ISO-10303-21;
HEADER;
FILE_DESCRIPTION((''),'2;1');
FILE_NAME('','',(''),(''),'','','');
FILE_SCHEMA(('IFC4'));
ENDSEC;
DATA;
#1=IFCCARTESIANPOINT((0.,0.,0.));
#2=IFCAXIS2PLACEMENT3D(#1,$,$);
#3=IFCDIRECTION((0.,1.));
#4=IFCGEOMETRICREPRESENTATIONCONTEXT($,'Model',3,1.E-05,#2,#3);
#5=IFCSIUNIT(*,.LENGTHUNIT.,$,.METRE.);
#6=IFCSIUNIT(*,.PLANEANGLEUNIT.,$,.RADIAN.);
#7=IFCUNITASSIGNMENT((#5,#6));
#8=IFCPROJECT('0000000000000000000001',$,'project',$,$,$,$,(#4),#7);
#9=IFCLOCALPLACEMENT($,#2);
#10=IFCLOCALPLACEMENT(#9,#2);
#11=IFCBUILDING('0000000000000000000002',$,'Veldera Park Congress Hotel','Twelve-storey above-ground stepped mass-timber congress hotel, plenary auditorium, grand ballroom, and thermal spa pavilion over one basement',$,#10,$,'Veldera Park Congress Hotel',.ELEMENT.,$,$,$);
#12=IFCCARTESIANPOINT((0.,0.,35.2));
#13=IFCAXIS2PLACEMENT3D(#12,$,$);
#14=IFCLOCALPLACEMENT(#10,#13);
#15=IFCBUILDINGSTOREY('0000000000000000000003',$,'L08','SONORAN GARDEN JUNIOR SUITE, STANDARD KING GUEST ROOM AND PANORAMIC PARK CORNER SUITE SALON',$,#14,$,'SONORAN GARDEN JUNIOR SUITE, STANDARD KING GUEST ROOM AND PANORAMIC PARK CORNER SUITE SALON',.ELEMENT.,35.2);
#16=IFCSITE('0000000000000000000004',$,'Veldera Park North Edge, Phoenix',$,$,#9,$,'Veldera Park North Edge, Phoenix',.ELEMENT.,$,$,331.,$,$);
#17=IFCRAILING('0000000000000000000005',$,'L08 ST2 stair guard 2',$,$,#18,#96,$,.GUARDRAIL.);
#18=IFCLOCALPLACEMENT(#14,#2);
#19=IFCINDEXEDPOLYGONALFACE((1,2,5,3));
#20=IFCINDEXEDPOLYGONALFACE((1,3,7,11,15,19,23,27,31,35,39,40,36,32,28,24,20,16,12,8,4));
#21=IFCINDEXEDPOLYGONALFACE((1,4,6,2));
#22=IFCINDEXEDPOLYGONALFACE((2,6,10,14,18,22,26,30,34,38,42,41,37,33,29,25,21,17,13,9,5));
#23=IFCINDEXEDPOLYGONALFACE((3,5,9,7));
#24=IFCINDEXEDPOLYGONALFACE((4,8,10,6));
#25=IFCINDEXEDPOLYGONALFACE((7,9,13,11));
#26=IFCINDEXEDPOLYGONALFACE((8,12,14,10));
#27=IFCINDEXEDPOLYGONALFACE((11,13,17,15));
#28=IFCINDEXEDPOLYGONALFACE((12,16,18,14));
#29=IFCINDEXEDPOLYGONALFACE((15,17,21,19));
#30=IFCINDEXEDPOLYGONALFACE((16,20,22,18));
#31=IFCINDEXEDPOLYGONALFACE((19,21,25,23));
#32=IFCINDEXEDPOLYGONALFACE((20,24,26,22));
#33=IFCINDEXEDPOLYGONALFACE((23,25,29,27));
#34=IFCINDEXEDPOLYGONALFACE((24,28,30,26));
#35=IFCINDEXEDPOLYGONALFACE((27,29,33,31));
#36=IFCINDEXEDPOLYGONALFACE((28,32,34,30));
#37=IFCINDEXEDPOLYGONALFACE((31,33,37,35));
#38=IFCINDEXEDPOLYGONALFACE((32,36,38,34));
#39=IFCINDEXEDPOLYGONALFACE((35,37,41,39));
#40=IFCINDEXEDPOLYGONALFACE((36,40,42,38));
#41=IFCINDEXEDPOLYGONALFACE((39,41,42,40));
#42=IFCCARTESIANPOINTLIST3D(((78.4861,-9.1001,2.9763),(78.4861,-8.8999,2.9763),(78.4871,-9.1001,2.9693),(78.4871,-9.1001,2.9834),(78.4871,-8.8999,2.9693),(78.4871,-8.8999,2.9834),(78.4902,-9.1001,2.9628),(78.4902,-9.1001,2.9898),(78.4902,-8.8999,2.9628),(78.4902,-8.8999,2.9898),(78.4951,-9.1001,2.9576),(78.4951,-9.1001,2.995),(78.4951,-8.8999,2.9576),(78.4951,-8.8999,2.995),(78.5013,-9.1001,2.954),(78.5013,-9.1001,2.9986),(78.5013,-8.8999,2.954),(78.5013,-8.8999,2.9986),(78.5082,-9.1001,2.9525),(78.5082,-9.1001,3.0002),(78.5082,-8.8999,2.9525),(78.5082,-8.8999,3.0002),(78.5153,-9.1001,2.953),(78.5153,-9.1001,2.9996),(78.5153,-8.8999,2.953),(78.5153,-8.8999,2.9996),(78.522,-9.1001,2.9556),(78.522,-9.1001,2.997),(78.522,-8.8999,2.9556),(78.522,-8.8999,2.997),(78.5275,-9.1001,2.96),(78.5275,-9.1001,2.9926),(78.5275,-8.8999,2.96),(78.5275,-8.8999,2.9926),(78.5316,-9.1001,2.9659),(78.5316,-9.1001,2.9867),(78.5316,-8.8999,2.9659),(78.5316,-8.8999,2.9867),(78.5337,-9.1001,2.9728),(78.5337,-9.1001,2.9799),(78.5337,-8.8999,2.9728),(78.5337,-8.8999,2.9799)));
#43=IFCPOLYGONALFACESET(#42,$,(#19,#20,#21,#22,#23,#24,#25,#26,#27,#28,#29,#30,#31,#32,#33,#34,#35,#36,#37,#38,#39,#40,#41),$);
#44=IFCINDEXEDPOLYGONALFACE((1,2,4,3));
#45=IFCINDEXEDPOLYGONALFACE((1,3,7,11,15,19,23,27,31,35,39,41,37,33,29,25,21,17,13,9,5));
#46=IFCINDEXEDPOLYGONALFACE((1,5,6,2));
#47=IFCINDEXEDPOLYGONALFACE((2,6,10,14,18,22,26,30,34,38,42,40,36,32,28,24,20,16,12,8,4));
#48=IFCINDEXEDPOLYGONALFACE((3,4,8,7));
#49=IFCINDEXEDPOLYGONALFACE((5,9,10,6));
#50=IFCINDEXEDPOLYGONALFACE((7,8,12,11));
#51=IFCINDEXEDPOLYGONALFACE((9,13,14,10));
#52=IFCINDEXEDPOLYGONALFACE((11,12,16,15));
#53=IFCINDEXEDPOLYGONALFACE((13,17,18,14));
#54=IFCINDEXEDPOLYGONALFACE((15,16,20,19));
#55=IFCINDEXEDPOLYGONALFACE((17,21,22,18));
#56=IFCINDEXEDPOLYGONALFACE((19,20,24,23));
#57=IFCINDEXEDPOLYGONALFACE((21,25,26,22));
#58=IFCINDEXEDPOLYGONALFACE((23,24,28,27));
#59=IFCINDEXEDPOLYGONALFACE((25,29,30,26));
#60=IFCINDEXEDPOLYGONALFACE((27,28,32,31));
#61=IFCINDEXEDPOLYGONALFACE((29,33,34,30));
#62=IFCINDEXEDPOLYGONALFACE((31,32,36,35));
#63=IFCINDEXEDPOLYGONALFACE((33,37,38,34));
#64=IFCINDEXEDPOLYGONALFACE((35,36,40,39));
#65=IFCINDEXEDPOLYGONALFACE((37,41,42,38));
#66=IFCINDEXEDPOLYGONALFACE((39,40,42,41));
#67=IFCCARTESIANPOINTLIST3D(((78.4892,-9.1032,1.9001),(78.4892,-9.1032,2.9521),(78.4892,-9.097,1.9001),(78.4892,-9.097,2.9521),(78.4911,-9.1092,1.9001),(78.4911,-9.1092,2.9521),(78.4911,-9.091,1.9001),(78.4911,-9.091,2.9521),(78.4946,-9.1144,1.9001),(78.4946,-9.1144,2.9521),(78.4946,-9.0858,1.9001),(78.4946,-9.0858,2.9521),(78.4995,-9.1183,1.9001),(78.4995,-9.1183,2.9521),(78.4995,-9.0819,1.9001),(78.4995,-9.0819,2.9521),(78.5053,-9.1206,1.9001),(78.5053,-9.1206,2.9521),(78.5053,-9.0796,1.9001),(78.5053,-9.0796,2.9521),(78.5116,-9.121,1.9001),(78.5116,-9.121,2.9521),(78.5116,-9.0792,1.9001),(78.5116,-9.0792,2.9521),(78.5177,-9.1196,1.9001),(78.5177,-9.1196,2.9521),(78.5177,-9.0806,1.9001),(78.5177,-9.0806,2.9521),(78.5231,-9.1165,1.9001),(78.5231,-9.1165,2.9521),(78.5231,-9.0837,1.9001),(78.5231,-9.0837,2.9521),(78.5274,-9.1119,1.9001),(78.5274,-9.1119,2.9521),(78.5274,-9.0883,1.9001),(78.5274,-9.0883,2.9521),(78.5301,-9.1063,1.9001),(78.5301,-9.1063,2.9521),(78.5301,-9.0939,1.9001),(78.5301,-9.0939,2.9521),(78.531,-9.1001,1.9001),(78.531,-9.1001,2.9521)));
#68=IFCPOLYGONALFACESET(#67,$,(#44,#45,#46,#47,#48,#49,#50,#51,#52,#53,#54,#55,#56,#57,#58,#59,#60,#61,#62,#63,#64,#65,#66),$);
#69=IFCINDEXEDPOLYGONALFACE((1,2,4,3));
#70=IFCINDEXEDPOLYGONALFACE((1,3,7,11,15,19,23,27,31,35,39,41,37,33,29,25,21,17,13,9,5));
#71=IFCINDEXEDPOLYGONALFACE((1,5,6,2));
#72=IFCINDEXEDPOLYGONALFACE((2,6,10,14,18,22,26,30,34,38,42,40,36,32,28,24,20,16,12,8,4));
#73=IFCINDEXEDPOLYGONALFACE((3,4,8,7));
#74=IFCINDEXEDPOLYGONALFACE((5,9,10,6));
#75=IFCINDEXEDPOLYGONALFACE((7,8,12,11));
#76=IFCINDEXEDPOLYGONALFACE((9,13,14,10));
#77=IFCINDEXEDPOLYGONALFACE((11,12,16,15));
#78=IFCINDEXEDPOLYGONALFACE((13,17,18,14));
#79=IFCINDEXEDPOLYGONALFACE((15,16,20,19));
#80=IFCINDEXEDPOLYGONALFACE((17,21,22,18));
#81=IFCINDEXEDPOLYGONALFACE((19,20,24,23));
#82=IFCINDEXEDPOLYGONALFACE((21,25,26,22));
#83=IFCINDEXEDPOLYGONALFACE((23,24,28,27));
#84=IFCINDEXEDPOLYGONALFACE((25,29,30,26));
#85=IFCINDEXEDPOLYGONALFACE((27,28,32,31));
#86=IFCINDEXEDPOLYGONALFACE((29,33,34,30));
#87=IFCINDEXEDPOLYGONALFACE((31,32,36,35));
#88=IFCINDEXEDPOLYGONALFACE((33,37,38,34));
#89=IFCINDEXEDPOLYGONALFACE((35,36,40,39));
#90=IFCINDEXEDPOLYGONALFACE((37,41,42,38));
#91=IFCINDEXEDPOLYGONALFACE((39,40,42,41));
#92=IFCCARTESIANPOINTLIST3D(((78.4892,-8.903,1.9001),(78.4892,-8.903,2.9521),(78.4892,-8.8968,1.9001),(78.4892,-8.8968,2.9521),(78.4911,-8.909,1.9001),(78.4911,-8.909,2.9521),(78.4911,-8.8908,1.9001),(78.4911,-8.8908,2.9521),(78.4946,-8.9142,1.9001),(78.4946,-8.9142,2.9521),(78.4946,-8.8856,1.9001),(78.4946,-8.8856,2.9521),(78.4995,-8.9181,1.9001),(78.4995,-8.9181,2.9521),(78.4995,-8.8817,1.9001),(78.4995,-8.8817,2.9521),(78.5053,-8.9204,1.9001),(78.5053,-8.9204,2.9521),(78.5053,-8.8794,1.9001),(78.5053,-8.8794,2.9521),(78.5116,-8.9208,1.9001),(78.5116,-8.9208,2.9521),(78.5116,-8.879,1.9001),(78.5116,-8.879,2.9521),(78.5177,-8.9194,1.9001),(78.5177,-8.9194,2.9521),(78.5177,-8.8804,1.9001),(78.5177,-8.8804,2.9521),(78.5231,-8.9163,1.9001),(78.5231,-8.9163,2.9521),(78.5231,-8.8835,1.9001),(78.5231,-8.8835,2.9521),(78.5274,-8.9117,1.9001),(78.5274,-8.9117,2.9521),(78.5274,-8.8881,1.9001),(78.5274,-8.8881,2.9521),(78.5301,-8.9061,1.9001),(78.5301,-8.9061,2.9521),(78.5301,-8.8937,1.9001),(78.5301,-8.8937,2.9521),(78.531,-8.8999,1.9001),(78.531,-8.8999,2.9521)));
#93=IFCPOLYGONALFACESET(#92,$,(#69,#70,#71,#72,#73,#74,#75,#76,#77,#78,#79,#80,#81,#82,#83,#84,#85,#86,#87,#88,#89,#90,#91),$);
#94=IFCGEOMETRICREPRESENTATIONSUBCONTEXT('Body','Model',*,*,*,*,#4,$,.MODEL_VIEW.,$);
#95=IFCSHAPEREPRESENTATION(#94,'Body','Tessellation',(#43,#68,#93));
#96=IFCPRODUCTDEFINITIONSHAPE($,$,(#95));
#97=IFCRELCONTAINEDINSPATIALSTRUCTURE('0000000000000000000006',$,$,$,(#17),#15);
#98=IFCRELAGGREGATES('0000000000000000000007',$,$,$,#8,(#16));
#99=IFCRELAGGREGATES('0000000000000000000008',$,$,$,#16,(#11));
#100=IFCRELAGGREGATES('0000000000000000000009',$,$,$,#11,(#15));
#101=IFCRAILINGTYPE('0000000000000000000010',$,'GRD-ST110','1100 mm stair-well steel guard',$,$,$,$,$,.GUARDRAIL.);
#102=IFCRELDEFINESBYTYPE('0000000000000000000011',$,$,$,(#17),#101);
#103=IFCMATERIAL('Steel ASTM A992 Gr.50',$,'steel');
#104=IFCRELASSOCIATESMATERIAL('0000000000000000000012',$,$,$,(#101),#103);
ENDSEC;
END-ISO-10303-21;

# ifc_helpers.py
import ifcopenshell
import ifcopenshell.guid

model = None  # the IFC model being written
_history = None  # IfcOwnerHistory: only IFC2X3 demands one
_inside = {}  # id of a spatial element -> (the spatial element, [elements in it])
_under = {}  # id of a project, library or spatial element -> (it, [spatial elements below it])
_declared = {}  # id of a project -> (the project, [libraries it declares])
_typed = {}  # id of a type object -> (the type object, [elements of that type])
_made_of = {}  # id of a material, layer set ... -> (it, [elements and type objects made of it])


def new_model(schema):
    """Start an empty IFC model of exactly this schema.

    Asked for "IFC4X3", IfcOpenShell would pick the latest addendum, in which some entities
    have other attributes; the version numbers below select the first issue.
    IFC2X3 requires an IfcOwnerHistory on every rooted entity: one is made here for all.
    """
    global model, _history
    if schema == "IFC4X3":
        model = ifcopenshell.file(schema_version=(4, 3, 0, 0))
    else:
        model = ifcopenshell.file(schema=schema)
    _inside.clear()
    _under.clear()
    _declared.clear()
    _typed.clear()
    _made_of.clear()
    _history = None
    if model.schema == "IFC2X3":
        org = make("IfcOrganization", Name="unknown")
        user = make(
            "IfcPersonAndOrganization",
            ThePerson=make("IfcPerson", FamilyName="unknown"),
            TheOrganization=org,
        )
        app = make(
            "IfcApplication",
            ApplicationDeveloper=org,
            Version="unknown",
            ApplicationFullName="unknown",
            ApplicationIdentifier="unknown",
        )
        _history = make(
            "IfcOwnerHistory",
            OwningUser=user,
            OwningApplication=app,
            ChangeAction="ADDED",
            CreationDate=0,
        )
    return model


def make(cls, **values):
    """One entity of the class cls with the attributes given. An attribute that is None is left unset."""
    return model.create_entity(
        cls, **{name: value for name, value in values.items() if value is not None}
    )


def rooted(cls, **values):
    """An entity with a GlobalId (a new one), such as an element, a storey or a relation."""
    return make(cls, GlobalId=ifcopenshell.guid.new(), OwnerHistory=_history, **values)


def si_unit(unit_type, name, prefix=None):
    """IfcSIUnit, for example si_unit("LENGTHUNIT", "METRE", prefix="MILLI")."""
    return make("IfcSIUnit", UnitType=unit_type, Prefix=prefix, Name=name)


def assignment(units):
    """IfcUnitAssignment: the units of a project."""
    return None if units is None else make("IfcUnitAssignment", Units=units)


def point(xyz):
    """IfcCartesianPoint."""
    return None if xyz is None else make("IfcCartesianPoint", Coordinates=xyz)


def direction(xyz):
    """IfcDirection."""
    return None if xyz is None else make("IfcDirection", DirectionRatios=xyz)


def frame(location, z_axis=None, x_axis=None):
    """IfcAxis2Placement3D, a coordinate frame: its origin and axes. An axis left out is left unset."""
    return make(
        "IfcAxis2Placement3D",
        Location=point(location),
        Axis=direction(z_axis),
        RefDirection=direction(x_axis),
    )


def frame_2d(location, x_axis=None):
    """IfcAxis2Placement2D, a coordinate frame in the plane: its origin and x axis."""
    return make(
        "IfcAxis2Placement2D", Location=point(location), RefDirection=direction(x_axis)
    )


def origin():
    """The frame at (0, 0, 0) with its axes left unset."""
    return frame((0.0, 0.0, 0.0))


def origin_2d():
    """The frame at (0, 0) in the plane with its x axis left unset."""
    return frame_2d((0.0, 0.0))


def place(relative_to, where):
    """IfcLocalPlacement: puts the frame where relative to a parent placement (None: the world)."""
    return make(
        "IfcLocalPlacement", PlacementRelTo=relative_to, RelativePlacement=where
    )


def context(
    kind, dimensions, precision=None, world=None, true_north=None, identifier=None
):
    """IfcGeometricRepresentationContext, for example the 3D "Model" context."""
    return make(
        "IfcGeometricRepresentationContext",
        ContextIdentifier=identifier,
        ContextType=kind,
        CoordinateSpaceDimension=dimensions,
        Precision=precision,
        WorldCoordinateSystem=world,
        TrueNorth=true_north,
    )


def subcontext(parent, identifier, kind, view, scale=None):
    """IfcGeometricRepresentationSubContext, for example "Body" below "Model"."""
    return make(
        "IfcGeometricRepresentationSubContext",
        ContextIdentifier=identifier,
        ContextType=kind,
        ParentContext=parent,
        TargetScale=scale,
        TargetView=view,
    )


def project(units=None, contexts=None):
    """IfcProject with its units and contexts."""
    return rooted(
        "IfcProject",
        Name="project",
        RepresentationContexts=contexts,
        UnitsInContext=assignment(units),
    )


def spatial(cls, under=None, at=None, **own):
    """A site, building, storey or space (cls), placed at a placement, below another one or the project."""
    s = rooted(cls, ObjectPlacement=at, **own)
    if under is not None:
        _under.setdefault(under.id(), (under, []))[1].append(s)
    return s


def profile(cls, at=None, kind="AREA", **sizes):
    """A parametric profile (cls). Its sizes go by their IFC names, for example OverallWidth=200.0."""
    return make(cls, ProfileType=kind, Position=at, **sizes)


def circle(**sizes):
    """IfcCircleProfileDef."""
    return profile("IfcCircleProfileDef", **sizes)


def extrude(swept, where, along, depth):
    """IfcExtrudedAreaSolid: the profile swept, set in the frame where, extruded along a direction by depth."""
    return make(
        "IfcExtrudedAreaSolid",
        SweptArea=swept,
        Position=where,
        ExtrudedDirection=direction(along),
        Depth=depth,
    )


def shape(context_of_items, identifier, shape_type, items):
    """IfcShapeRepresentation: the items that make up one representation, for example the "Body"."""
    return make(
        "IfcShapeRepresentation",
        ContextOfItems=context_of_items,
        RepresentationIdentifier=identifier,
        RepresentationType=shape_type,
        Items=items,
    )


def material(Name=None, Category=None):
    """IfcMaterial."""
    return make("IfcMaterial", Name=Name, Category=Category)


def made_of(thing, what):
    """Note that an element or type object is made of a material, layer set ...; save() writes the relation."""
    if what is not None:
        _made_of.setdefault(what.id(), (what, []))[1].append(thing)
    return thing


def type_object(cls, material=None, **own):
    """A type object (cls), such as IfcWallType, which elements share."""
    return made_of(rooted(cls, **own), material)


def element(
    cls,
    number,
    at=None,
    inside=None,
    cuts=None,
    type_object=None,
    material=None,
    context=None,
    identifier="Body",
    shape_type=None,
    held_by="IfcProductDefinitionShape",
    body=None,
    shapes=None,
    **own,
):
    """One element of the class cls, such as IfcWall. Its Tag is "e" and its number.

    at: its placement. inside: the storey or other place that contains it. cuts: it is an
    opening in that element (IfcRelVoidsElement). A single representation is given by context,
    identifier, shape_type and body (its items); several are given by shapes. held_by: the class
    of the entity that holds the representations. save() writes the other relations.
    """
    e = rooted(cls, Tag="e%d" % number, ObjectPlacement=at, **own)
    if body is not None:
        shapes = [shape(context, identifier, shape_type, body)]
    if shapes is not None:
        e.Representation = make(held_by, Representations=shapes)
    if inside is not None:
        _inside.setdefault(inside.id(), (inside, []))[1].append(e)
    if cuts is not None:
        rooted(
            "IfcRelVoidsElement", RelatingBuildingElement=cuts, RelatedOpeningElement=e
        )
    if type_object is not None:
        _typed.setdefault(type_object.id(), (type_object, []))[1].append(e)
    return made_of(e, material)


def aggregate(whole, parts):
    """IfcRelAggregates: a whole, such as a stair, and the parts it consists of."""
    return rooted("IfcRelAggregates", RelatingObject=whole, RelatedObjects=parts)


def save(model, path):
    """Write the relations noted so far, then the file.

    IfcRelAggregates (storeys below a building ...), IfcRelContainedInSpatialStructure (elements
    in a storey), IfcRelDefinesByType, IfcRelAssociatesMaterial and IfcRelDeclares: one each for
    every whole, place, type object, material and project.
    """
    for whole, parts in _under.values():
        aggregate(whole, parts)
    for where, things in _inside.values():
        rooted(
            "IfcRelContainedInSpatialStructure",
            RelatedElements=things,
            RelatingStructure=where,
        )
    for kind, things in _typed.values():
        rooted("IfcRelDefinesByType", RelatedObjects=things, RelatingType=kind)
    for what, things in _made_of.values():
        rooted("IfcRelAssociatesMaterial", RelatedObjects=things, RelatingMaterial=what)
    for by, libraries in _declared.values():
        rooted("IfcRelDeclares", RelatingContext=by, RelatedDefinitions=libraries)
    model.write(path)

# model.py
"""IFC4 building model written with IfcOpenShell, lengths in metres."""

from ifc_helpers import new_model, si_unit, direction, frame, origin, origin_2d, place, context, subcontext, project, spatial, circle, extrude, material, type_object, element, save


model = new_model("IFC4")

# Units and contexts
model_context = context("Model", 3, precision=1e-05, world=origin(), true_north=direction((0.0, 1.0)))
body_context = subcontext(model_context, "Body", "Model", "MODEL_VIEW")
ifc_project = project(units=[si_unit("LENGTHUNIT", "METRE"), si_unit("PLANEANGLEUNIT", "RADIAN")], contexts=[model_context])

# Site, building, storey
site_placement = place(None, origin())
site = spatial("IfcSite", under=ifc_project, at=site_placement, Name="Veldera Park North Edge, Phoenix", LongName="Veldera Park North Edge, Phoenix", CompositionType="ELEMENT", RefElevation=331.0)
building_placement = place(site_placement, origin())
building = spatial("IfcBuilding", under=site, at=building_placement, Name="Veldera Park Congress Hotel", Description="Twelve-storey above-ground stepped mass-timber congress hotel, plenary auditorium, grand ballroom, and thermal spa pavilion over one basement", LongName="Veldera Park Congress Hotel", CompositionType="ELEMENT")
storey_placement = place(building_placement, frame((0.0, 0.0, 35.2)))
storey = spatial("IfcBuildingStorey", under=building, at=storey_placement, Name="L08", Description="SONORAN GARDEN JUNIOR SUITE, STANDARD KING GUEST ROOM AND PANORAMIC PARK CORNER SUITE SALON", LongName="SONORAN GARDEN JUNIOR SUITE, STANDARD KING GUEST ROOM AND PANORAMIC PARK CORNER SUITE SALON", CompositionType="ELEMENT", Elevation=35.2)

# Railing
ifc_material_1 = material(Name="Steel ASTM A992 Gr.50", Category="steel")
railing_type = type_object("IfcRailingType", Name="GRD-ST110", Description="1100 mm stair-well steel guard", PredefinedType="GUARDRAIL", material=ifc_material_1)
railing_1_placement = place(storey_placement, frame((78.51, -9.1001, 1.9001)))
element("IfcRailing", 1, at=railing_1_placement, inside=storey, type_object=railing_type, Name="L08 ST2 stair guard 2", PredefinedType="GUARDRAIL", context=body_context, shape_type="SweptSolid", body=[
    extrude(circle(Radius=0.0239, at=origin_2d()), frame((0.0, 0.0, 1.0762), z_axis=(0.0, 1.0, 0.0), x_axis=(-1.0, 0.0, 0.0)), (0.0, 0.0, 1.0), 0.2002),
    extrude(circle(Radius=0.021, at=origin_2d()), origin(), (0.0, 0.0, 1.0), 1.052),
    extrude(circle(Radius=0.021, at=origin_2d()), frame((0.0, 0.2002, 0.0)), (0.0, 0.0, 1.0), 1.052),
])

save(model, "model.ifc")
